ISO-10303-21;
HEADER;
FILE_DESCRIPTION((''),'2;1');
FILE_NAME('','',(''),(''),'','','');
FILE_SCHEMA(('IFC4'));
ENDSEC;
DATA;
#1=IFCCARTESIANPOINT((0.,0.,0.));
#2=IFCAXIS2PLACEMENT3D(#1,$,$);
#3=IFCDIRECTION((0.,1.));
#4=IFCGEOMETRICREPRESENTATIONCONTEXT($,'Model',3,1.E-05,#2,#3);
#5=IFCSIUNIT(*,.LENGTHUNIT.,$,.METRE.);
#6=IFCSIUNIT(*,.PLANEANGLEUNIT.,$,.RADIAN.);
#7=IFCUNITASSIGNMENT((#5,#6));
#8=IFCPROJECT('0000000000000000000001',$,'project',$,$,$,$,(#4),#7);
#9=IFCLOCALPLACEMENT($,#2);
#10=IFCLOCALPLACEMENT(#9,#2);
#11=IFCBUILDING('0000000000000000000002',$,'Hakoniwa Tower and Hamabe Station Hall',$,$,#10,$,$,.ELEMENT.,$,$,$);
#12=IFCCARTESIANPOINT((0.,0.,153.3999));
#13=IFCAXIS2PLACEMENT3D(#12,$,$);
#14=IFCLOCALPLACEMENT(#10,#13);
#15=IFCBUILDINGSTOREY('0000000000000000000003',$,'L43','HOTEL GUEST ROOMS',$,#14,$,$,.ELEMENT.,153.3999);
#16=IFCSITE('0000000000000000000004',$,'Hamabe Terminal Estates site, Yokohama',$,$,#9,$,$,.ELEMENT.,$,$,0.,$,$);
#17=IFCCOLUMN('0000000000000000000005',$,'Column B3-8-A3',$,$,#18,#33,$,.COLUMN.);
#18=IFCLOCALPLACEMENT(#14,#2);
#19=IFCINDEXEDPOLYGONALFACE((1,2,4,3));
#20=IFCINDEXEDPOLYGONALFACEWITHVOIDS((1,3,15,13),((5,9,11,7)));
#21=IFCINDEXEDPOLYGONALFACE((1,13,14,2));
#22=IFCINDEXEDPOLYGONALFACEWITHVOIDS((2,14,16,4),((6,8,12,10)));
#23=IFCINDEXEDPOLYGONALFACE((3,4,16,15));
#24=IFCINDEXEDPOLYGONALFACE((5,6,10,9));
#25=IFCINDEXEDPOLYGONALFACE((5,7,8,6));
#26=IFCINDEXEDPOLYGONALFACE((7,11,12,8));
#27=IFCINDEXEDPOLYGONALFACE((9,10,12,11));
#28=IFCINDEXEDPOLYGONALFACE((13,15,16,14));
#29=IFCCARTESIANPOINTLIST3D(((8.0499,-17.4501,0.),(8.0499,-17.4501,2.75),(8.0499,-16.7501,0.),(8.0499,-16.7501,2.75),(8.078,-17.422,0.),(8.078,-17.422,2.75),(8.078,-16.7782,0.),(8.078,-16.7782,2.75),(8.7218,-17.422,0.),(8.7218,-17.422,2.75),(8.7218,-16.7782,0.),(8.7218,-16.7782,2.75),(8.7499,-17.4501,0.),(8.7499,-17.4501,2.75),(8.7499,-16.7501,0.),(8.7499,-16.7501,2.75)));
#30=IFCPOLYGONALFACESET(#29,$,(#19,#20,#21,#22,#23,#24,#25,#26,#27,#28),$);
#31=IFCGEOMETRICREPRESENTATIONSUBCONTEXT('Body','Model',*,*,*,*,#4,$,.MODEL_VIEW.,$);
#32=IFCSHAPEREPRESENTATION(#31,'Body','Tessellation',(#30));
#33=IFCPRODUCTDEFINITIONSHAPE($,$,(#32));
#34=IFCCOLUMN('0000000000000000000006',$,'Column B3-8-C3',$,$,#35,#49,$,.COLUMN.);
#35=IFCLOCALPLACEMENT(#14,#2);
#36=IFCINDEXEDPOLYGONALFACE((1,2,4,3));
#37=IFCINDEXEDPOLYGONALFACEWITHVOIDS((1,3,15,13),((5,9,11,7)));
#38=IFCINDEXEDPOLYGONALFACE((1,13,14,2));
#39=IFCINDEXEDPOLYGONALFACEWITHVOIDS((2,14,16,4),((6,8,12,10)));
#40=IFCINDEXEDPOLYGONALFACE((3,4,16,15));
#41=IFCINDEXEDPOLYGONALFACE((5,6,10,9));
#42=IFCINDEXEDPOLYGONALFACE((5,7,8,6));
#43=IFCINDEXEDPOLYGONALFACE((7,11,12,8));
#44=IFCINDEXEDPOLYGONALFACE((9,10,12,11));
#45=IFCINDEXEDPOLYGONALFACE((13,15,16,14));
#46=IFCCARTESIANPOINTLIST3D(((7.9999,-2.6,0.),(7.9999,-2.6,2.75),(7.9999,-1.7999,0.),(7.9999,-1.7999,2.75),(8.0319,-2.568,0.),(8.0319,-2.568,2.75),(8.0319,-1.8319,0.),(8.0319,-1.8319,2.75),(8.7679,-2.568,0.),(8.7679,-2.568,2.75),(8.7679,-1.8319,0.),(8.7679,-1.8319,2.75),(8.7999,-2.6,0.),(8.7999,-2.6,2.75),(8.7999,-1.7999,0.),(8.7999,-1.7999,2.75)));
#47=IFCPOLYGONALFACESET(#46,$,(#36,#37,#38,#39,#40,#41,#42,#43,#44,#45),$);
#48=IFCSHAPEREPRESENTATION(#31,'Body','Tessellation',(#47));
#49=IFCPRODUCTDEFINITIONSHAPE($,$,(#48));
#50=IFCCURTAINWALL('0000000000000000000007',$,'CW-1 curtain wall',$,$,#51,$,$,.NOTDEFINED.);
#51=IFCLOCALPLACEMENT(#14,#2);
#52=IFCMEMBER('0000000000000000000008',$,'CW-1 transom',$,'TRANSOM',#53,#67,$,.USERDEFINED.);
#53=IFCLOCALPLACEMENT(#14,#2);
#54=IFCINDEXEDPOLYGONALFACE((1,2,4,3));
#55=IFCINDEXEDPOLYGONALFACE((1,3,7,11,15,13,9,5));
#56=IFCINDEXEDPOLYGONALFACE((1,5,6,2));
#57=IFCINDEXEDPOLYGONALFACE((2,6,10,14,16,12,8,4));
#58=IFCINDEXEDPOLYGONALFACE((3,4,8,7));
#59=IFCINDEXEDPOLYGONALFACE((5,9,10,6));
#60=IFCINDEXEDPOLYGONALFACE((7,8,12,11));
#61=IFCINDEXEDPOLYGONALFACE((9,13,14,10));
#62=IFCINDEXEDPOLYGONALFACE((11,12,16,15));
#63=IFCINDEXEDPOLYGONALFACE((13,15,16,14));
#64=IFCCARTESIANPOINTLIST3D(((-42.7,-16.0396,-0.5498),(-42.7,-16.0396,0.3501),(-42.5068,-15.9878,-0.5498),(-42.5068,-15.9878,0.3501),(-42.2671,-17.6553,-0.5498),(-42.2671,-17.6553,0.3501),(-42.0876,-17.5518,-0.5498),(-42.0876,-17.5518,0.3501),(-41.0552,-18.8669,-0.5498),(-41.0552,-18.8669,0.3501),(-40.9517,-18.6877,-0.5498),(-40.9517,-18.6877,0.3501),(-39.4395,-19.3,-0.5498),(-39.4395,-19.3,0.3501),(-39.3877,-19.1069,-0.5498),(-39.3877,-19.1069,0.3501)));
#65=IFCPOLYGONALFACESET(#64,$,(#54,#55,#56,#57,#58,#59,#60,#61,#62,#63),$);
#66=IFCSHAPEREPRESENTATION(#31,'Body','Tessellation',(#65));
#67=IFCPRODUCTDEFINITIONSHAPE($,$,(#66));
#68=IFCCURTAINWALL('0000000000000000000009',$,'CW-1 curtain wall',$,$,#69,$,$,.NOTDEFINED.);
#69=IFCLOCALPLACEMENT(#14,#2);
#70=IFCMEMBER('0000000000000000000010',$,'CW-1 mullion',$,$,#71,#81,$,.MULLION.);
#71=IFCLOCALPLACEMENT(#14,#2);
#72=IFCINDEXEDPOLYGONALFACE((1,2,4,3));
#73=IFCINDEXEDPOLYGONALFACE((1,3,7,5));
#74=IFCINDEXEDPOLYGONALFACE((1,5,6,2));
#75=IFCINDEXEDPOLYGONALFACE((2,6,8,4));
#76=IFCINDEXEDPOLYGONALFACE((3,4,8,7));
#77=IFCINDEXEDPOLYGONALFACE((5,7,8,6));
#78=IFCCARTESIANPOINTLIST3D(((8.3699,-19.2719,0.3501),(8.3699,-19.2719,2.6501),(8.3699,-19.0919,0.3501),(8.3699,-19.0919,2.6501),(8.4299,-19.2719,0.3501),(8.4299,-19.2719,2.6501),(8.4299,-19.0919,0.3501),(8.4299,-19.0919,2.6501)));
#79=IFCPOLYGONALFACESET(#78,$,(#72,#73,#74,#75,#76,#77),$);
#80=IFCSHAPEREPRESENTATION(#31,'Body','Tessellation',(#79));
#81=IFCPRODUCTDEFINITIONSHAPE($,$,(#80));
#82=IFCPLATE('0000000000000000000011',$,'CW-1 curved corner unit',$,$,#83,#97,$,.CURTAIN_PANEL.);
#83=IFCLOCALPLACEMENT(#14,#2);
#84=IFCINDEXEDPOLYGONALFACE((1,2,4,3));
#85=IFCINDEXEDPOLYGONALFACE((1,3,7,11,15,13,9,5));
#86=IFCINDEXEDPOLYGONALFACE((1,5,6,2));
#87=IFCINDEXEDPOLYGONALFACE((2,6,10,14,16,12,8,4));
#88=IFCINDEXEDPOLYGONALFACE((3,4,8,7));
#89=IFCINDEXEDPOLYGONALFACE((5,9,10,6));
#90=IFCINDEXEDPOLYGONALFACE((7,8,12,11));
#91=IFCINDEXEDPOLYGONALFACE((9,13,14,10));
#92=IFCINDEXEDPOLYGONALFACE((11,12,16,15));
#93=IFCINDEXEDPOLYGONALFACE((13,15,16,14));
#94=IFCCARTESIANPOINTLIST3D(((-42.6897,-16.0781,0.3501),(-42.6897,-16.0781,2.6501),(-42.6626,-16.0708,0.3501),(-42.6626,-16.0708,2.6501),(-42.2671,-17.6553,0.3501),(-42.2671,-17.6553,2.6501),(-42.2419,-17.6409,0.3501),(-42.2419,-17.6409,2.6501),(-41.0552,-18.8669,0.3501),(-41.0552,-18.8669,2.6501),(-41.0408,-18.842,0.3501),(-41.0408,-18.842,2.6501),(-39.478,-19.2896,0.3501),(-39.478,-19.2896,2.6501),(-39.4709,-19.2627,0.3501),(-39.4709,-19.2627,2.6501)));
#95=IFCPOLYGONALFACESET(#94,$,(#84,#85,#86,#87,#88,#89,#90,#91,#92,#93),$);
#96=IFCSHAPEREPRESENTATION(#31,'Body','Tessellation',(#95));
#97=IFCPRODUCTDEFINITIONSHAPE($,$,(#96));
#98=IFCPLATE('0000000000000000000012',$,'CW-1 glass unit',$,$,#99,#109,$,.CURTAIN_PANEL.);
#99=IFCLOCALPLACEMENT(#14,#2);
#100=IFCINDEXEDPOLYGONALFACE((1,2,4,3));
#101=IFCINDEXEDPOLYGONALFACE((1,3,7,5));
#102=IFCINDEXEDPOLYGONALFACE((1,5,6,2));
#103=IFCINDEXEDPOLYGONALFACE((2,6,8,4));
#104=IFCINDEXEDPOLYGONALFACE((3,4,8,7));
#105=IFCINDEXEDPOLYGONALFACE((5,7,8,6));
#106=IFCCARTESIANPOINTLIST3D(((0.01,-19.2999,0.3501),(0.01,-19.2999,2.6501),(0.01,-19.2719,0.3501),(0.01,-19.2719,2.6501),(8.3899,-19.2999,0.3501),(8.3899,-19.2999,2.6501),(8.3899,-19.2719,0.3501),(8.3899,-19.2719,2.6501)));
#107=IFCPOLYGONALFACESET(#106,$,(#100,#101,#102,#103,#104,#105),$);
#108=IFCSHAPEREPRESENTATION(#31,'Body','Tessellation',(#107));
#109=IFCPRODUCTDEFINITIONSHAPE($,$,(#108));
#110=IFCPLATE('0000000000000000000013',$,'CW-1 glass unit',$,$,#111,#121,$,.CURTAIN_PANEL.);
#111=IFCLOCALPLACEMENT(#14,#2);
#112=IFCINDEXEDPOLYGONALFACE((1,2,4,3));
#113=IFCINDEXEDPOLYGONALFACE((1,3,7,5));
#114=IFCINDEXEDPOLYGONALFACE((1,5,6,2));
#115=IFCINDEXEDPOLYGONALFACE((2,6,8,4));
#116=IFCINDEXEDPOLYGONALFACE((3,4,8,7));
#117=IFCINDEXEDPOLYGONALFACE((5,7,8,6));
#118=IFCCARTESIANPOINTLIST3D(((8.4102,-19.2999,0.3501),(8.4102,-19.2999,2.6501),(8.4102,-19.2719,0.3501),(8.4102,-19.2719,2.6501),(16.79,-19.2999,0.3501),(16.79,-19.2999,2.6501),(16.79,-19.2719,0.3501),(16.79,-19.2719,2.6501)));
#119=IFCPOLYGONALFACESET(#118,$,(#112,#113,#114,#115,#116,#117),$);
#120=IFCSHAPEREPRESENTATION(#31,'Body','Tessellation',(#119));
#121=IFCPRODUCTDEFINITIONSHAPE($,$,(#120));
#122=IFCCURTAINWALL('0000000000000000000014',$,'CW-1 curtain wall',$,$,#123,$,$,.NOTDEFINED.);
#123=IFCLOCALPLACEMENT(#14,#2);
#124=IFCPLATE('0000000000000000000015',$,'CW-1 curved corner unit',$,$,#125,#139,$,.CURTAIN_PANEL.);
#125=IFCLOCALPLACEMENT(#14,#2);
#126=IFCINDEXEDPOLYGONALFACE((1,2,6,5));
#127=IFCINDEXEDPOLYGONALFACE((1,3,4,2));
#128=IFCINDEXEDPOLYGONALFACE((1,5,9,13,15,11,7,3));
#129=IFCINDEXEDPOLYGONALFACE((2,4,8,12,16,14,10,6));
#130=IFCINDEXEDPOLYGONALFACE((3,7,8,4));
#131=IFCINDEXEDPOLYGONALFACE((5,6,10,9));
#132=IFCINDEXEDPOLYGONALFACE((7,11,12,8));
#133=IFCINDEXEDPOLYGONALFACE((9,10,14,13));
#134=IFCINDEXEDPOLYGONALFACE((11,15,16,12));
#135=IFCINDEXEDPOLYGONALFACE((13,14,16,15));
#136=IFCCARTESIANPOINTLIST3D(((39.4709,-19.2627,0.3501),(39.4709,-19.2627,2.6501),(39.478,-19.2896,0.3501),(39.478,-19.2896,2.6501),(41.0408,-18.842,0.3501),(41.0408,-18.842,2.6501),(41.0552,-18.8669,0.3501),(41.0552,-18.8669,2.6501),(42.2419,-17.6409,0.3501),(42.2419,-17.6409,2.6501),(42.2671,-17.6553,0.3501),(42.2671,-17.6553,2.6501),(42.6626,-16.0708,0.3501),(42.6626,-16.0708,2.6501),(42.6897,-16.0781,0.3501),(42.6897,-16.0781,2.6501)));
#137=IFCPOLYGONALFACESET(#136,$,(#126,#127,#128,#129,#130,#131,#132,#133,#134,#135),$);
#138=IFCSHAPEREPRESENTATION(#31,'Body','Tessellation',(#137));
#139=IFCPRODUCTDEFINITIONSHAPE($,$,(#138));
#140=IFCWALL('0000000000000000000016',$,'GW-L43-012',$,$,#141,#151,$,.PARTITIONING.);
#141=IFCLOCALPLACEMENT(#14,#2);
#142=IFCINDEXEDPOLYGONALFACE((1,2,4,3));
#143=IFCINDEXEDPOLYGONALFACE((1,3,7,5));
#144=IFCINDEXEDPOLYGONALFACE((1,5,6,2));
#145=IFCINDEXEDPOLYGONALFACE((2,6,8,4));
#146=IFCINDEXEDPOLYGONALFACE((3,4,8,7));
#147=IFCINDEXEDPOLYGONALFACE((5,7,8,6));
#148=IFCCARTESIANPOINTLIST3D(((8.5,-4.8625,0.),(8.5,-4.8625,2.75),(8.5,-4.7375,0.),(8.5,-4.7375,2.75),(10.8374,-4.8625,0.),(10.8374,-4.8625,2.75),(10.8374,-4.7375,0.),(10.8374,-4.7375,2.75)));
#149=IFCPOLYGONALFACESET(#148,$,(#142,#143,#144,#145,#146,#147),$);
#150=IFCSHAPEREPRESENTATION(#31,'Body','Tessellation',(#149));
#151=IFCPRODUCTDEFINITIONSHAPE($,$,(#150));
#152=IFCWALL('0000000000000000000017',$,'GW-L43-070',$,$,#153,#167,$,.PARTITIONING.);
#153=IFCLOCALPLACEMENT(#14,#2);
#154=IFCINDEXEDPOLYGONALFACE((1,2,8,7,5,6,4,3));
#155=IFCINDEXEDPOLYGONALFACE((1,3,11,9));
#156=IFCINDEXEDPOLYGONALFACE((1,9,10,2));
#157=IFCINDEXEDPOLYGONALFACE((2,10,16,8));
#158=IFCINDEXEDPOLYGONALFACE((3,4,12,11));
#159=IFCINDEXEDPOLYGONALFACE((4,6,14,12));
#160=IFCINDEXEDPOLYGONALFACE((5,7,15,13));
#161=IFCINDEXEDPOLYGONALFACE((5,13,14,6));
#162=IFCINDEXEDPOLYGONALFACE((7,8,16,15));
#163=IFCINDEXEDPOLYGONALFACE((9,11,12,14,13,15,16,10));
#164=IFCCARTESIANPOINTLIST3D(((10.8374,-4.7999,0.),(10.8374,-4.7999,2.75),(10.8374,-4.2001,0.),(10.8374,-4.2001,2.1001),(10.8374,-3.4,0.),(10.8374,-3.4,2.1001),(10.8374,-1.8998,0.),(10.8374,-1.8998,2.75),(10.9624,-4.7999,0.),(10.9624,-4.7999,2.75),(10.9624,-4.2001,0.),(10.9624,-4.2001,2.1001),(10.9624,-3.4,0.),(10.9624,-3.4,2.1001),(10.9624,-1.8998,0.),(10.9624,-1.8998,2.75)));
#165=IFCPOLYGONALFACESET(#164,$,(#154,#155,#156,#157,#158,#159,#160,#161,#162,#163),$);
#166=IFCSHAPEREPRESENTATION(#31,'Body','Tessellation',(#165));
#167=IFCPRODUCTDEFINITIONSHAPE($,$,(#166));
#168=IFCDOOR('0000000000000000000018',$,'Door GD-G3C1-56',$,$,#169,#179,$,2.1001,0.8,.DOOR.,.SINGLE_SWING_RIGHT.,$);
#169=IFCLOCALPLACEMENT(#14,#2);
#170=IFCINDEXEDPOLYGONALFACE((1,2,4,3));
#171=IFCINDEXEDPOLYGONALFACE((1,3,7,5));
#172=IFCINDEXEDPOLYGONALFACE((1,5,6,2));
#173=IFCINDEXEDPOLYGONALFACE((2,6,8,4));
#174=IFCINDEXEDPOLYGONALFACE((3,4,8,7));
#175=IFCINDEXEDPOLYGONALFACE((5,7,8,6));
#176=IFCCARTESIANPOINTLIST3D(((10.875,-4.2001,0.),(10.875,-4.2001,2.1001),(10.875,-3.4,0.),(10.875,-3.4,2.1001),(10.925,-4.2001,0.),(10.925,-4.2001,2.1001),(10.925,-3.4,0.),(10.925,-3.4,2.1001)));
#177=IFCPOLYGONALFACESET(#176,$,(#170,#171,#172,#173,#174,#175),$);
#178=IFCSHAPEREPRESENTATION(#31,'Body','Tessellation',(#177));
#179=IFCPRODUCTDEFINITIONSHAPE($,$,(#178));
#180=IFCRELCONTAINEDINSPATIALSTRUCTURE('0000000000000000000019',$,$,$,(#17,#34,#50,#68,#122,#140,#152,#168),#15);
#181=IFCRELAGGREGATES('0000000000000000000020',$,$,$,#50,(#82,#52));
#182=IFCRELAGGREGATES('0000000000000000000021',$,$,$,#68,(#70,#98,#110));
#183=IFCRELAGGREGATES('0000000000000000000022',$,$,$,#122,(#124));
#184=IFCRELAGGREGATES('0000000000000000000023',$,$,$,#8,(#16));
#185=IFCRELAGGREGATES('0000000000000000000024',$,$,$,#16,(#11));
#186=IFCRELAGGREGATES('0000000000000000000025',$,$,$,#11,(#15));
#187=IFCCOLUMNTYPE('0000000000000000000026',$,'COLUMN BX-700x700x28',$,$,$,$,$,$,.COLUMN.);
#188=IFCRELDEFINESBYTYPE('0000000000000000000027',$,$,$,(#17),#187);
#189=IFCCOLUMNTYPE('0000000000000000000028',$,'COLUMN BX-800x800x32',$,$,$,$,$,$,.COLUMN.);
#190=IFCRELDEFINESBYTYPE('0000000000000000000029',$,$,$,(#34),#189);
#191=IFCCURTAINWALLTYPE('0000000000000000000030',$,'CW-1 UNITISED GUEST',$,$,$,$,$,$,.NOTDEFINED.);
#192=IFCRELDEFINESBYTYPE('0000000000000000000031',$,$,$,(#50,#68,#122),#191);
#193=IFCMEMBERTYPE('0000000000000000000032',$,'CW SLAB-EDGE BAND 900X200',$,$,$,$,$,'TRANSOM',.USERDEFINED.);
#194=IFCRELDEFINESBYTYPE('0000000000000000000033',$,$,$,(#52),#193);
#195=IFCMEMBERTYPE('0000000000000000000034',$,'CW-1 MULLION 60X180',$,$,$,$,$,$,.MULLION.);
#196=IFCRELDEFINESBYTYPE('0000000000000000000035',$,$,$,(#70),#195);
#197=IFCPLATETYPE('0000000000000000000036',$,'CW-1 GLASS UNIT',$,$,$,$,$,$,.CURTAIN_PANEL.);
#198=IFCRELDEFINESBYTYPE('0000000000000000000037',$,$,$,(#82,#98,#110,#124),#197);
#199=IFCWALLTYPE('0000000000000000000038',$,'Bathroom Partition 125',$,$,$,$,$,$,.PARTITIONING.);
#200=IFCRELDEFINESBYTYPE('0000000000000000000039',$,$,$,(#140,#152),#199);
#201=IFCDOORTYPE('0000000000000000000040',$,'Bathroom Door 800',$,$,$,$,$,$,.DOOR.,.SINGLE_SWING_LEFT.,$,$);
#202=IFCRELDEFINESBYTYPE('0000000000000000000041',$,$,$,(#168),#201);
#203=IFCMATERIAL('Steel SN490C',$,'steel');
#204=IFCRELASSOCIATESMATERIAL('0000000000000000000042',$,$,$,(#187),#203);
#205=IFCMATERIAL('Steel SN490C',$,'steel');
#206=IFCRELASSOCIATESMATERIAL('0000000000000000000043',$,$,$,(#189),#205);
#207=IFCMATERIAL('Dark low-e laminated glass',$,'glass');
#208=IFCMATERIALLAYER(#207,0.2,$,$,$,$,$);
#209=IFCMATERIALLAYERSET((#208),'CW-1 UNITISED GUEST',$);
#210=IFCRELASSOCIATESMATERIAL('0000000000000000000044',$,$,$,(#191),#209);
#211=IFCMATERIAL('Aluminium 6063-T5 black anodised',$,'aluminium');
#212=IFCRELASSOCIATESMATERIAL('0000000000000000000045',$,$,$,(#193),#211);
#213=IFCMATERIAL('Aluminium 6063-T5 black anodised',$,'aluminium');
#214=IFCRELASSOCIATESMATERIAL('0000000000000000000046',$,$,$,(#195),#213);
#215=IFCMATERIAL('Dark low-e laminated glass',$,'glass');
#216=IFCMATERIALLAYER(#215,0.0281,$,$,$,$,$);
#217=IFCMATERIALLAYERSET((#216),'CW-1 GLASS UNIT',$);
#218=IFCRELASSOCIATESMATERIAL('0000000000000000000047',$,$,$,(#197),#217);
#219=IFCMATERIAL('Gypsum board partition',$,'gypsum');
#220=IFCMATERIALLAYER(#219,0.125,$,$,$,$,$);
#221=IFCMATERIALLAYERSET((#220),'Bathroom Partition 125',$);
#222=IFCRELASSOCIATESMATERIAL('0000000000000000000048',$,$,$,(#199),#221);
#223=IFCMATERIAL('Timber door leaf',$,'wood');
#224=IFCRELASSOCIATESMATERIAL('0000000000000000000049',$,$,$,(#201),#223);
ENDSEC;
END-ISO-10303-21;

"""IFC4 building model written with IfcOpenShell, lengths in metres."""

from ifc_helpers import new_model, si_unit, direction, frame, frame_2d, origin, origin_2d, place, context, subcontext, project, spatial, polyline, rectangle, hollow_rectangle, outline, extrude, material, layer, layer_set, material_profile, profile_set, type_object, element, fill, aggregate, save


model = new_model("IFC4")

# Units and contexts
model_context = context("Model", 3, precision=1e-05, world=origin(), true_north=direction((0.0, 1.0)))
body_context = subcontext(model_context, "Body", "Model", "MODEL_VIEW")
ifc_project = project(units=[si_unit("LENGTHUNIT", "METRE"), si_unit("PLANEANGLEUNIT", "RADIAN")], contexts=[model_context])

# Site, building, storey
site_placement = place(None, origin())
site = spatial("IfcSite", under=ifc_project, at=site_placement, Name="Hamabe Terminal Estates site, Yokohama", CompositionType="ELEMENT", RefElevation=0.0)
building_placement = place(site_placement, origin())
building = spatial("IfcBuilding", under=site, at=building_placement, Name="Hakoniwa Tower and Hamabe Station Hall", CompositionType="ELEMENT")
storey_placement = place(building_placement, frame((0.0, 0.0, 153.3999)))
storey = spatial("IfcBuildingStorey", under=building, at=storey_placement, Name="L43", Description="HOTEL GUEST ROOMS", CompositionType="ELEMENT", Elevation=153.3999)

# Columns
ifc_material_1 = material(Name="Steel SN490C", Category="steel")
ifc_material_profile_1 = material_profile(ifc_material_1, hollow_rectangle(XDim=0.7, YDim=0.7, WallThickness=0.0281, at=origin_2d()), Name="BX-700x700x28")
ifc_profile_set_1 = profile_set([ifc_material_profile_1], Name="Steel SN490C")
column_type_1 = type_object("IfcColumnType", Name="COLUMN BX-700x700x28", PredefinedType="COLUMN", material=ifc_profile_set_1)
column_1_placement = place(storey_placement, frame((8.3999, -17.1001, 0.0), z_axis=(0.0, 0.0, 1.0), x_axis=(1.0, 0.0, 0.0)))
element("IfcColumn", 1, at=column_1_placement, inside=storey, type_object=column_type_1, Name="Column B3-8-A3", PredefinedType="COLUMN", context=body_context, shape_type="SweptSolid", body=[
    extrude(hollow_rectangle(XDim=0.7, YDim=0.7, WallThickness=0.0281, at=origin_2d()), origin(), (0.0, 0.0, 1.0), 2.75),
])
ifc_material_2 = material(Name="Steel SN490C", Category="steel")
ifc_material_profile_2 = material_profile(ifc_material_2, hollow_rectangle(XDim=0.8, YDim=0.8, WallThickness=0.032, at=origin_2d()), Name="BX-800x800x32")
ifc_profile_set_2 = profile_set([ifc_material_profile_2], Name="Steel SN490C")
column_type_2 = type_object("IfcColumnType", Name="COLUMN BX-800x800x32", PredefinedType="COLUMN", material=ifc_profile_set_2)
column_2_placement = place(storey_placement, frame((8.3999, -2.2, 0.0), z_axis=(0.0, 0.0, 1.0), x_axis=(1.0, 0.0, 0.0)))
element("IfcColumn", 2, at=column_2_placement, inside=storey, type_object=column_type_2, Name="Column B3-8-C3", PredefinedType="COLUMN", context=body_context, shape_type="SweptSolid", body=[
    extrude(hollow_rectangle(XDim=0.8, YDim=0.8, WallThickness=0.032, at=origin_2d()), origin(), (0.0, 0.0, 1.0), 2.75),
])

# Curtain walls, members
ifc_material_3 = material(Name="Dark low-e laminated glass", Category="glass")
ifc_layer_1 = layer(ifc_material_3, 0.2)
ifc_layer_set_1 = layer_set([ifc_layer_1], Name="CW-1 UNITISED GUEST")
curtain_wall_type = type_object("IfcCurtainWallType", Name="CW-1 UNITISED GUEST", PredefinedType="NOTDEFINED", material=ifc_layer_set_1)
curtain_wall_1_placement = place(storey_placement, origin())
curtain_wall_1 = element("IfcCurtainWall", 3, at=curtain_wall_1_placement, inside=storey, type_object=curtain_wall_type, Name="CW-1 curtain wall", PredefinedType="NOTDEFINED")
ifc_material_4 = material(Name="Aluminium 6063-T5 black anodised", Category="aluminium")
ifc_material_profile_3 = material_profile(ifc_material_4, rectangle(XDim=0.2, YDim=0.8999, at=origin_2d()), Name="CW SLAB-EDGE BAND 900X200")
ifc_profile_set_3 = profile_set([ifc_material_profile_3], Name="Aluminium 6063-T5 black anodised")
member_type_1 = type_object("IfcMemberType", Name="CW SLAB-EDGE BAND 900X200", ElementType="TRANSOM", PredefinedType="USERDEFINED", material=ifc_profile_set_3)
member_1_placement = place(storey_placement, frame((0.0, 0.0, -0.5498)))
member_1 = element("IfcMember", 4, at=member_1_placement, type_object=member_type_1, Name="CW-1 transom", ObjectType="TRANSOM", PredefinedType="USERDEFINED", context=body_context, shape_type="SweptSolid", body=[
    extrude(outline(polyline([(-42.7, -16.0396), (-42.2671, -17.6553), (-41.0552, -18.8669), (-39.4395, -19.3), (-39.3877, -19.1069), (-40.9517, -18.6877), (-42.0876, -17.5518), (-42.5068, -15.9878), (-42.7, -16.0396)])), origin(), (0.0, 0.0, 1.0), 0.8999),
])
curtain_wall_2_placement = place(storey_placement, origin())
curtain_wall_2 = element("IfcCurtainWall", 5, at=curtain_wall_2_placement, inside=storey, type_object=curtain_wall_type, Name="CW-1 curtain wall", PredefinedType="NOTDEFINED")
ifc_material_5 = material(Name="Aluminium 6063-T5 black anodised", Category="aluminium")
ifc_material_profile_4 = material_profile(ifc_material_5, rectangle(XDim=0.0601, YDim=0.1799, at=origin_2d()), Name="CW-1 MULLION 60X180")
ifc_profile_set_4 = profile_set([ifc_material_profile_4], Name="Aluminium 6063-T5 black anodised")
member_type_2 = type_object("IfcMemberType", Name="CW-1 MULLION 60X180", PredefinedType="MULLION", material=ifc_profile_set_4)
member_2_placement = place(storey_placement, frame((8.3999, -19.1819, 0.3501), z_axis=(0.0, 0.0, 1.0), x_axis=(1.0, 0.0, 0.0)))
member_2 = element("IfcMember", 6, at=member_2_placement, type_object=member_type_2, Name="CW-1 mullion", PredefinedType="MULLION", context=body_context, shape_type="SweptSolid", body=[
    extrude(rectangle(XDim=0.0601, YDim=0.1799, at=origin_2d()), origin(), (0.0, 0.0, 1.0), 2.3),
])

# Plates
ifc_material_6 = material(Name="Dark low-e laminated glass", Category="glass")
ifc_layer_2 = layer(ifc_material_6, 0.0281)
ifc_layer_set_2 = layer_set([ifc_layer_2], Name="CW-1 GLASS UNIT")
plate_type = type_object("IfcPlateType", Name="CW-1 GLASS UNIT", PredefinedType="CURTAIN_PANEL", material=ifc_layer_set_2)
plate_1_placement = place(storey_placement, frame((0.0, 0.0, 0.3501)))
plate_1 = element("IfcPlate", 7, at=plate_1_placement, type_object=plate_type, Name="CW-1 curved corner unit", PredefinedType="CURTAIN_PANEL", context=body_context, shape_type="SweptSolid", body=[
    extrude(outline(polyline([(-42.6897, -16.0781), (-42.2671, -17.6553), (-41.0552, -18.8669), (-39.478, -19.2896), (-39.4709, -19.2627), (-41.0408, -18.842), (-42.2419, -17.6409), (-42.6626, -16.0708), (-42.6897, -16.0781)])), origin(), (0.0, 0.0, 1.0), 2.3),
])
aggregate(curtain_wall_1, [plate_1, member_1])
plate_2_placement = place(storey_placement, frame((4.2, -19.2859, 0.3501), z_axis=(0.0, 0.0, 1.0), x_axis=(1.0, 0.0, 0.0)))
plate_2 = element("IfcPlate", 8, at=plate_2_placement, type_object=plate_type, Name="CW-1 glass unit", PredefinedType="CURTAIN_PANEL", context=body_context, shape_type="SweptSolid", body=[
    extrude(rectangle(XDim=8.3799, YDim=0.0281, at=origin_2d()), origin(), (0.0, 0.0, 1.0), 2.3),
])
plate_3_placement = place(storey_placement, frame((12.6001, -19.2859, 0.3501), z_axis=(0.0, 0.0, 1.0), x_axis=(1.0, 0.0, 0.0)))
plate_3 = element("IfcPlate", 9, at=plate_3_placement, type_object=plate_type, Name="CW-1 glass unit", PredefinedType="CURTAIN_PANEL", context=body_context, shape_type="SweptSolid", body=[
    extrude(rectangle(XDim=8.3799, YDim=0.0281, at=origin_2d()), origin(), (0.0, 0.0, 1.0), 2.3),
])
aggregate(curtain_wall_2, [member_2, plate_2, plate_3])

# Curtain wall, plate
curtain_wall_3_placement = place(storey_placement, origin())
curtain_wall_3 = element("IfcCurtainWall", 10, at=curtain_wall_3_placement, inside=storey, type_object=curtain_wall_type, Name="CW-1 curtain wall", PredefinedType="NOTDEFINED")
plate_4_placement = place(storey_placement, frame((0.0, 0.0, 0.3501)))
plate_4 = element("IfcPlate", 11, at=plate_4_placement, type_object=plate_type, Name="CW-1 curved corner unit", PredefinedType="CURTAIN_PANEL", context=body_context, shape_type="SweptSolid", body=[
    extrude(outline(polyline([(39.478, -19.2896), (41.0552, -18.8669), (42.2671, -17.6553), (42.6897, -16.0781), (42.6626, -16.0708), (42.2419, -17.6409), (41.0408, -18.842), (39.4709, -19.2627), (39.478, -19.2896)])), origin(), (0.0, 0.0, 1.0), 2.3),
])
aggregate(curtain_wall_3, [plate_4])

# Wall
ifc_material_7 = material(Name="Gypsum board partition", Category="gypsum")
ifc_layer_3 = layer(ifc_material_7, 0.125)
ifc_layer_set_3 = layer_set([ifc_layer_3], Name="Bathroom Partition 125")
wall_type_1 = type_object("IfcWallType", Name="Bathroom Partition 125", PredefinedType="PARTITIONING", material=ifc_layer_set_3)
wall_1_placement = place(storey_placement, frame((8.5, -4.8, 0.0), z_axis=(0.0, 0.0, 1.0), x_axis=(1.0, 0.0, 0.0)))
element("IfcWall", 12, at=wall_1_placement, inside=storey, type_object=wall_type_1, Name="GW-L43-012", PredefinedType="PARTITIONING", context=body_context, shape_type="SweptSolid", body=[
    extrude(rectangle(XDim=2.3374, YDim=0.125, at=frame_2d((1.1687, 0.0))), origin(), (0.0, 0.0, 1.0), 2.75),
])

# Wall, opening, door
wall_2_placement = place(storey_placement, frame((10.8999, -4.8, 0.0), z_axis=(0.0, 0.0, 1.0), x_axis=(0.0, 1.0, 0.0)))
wall_2 = element("IfcWall", 13, at=wall_2_placement, inside=storey, type_object=wall_type_1, Name="GW-L43-070", PredefinedType="PARTITIONING", context=body_context, shape_type="SweptSolid", body=[
    extrude(rectangle(XDim=2.9001, YDim=0.125, at=frame_2d((1.4502, 0.0))), origin(), (0.0, 0.0, 1.0), 2.75),
])
opening_1_placement = place(wall_2_placement, frame((0.6001, 0.0, 0.0)))
opening_1 = element("IfcOpeningElement", 14, at=opening_1_placement, cuts=wall_2, PredefinedType="OPENING", context=body_context, shape_type="SweptSolid", body=[
    extrude(rectangle(XDim=0.8, YDim=2.1001, at=frame_2d((0.3999, 1.05))), frame((0.0, 0.0725, 0.0), z_axis=(0.0, -1.0, 0.0), x_axis=(1.0, 0.0, 0.0)), (0.0, 0.0, 1.0), 0.145),
])
ifc_material_8 = material(Name="Timber door leaf", Category="wood")
door_type = type_object("IfcDoorType", Name="Bathroom Door 800", OperationType="SINGLE_SWING_LEFT", PredefinedType="DOOR", material=ifc_material_8)
door_1_placement = place(opening_1_placement, origin())
door_1 = element("IfcDoor", 15, at=door_1_placement, inside=storey, type_object=door_type, Name="Door GD-G3C1-56", OperationType="SINGLE_SWING_RIGHT", OverallHeight=2.1001, OverallWidth=0.8, PredefinedType="DOOR", context=body_context, shape_type="SweptSolid", body=[
    extrude(rectangle(XDim=0.8, YDim=2.1001, at=frame_2d((0.3999, 1.05))), frame((0.0, 0.0249, 0.0), z_axis=(0.0, -1.0, 0.0), x_axis=(1.0, 0.0, 0.0)), (0.0, 0.0, 1.0), 0.05),
])
fill(opening_1, door_1)

save(model, "model.ifc")
